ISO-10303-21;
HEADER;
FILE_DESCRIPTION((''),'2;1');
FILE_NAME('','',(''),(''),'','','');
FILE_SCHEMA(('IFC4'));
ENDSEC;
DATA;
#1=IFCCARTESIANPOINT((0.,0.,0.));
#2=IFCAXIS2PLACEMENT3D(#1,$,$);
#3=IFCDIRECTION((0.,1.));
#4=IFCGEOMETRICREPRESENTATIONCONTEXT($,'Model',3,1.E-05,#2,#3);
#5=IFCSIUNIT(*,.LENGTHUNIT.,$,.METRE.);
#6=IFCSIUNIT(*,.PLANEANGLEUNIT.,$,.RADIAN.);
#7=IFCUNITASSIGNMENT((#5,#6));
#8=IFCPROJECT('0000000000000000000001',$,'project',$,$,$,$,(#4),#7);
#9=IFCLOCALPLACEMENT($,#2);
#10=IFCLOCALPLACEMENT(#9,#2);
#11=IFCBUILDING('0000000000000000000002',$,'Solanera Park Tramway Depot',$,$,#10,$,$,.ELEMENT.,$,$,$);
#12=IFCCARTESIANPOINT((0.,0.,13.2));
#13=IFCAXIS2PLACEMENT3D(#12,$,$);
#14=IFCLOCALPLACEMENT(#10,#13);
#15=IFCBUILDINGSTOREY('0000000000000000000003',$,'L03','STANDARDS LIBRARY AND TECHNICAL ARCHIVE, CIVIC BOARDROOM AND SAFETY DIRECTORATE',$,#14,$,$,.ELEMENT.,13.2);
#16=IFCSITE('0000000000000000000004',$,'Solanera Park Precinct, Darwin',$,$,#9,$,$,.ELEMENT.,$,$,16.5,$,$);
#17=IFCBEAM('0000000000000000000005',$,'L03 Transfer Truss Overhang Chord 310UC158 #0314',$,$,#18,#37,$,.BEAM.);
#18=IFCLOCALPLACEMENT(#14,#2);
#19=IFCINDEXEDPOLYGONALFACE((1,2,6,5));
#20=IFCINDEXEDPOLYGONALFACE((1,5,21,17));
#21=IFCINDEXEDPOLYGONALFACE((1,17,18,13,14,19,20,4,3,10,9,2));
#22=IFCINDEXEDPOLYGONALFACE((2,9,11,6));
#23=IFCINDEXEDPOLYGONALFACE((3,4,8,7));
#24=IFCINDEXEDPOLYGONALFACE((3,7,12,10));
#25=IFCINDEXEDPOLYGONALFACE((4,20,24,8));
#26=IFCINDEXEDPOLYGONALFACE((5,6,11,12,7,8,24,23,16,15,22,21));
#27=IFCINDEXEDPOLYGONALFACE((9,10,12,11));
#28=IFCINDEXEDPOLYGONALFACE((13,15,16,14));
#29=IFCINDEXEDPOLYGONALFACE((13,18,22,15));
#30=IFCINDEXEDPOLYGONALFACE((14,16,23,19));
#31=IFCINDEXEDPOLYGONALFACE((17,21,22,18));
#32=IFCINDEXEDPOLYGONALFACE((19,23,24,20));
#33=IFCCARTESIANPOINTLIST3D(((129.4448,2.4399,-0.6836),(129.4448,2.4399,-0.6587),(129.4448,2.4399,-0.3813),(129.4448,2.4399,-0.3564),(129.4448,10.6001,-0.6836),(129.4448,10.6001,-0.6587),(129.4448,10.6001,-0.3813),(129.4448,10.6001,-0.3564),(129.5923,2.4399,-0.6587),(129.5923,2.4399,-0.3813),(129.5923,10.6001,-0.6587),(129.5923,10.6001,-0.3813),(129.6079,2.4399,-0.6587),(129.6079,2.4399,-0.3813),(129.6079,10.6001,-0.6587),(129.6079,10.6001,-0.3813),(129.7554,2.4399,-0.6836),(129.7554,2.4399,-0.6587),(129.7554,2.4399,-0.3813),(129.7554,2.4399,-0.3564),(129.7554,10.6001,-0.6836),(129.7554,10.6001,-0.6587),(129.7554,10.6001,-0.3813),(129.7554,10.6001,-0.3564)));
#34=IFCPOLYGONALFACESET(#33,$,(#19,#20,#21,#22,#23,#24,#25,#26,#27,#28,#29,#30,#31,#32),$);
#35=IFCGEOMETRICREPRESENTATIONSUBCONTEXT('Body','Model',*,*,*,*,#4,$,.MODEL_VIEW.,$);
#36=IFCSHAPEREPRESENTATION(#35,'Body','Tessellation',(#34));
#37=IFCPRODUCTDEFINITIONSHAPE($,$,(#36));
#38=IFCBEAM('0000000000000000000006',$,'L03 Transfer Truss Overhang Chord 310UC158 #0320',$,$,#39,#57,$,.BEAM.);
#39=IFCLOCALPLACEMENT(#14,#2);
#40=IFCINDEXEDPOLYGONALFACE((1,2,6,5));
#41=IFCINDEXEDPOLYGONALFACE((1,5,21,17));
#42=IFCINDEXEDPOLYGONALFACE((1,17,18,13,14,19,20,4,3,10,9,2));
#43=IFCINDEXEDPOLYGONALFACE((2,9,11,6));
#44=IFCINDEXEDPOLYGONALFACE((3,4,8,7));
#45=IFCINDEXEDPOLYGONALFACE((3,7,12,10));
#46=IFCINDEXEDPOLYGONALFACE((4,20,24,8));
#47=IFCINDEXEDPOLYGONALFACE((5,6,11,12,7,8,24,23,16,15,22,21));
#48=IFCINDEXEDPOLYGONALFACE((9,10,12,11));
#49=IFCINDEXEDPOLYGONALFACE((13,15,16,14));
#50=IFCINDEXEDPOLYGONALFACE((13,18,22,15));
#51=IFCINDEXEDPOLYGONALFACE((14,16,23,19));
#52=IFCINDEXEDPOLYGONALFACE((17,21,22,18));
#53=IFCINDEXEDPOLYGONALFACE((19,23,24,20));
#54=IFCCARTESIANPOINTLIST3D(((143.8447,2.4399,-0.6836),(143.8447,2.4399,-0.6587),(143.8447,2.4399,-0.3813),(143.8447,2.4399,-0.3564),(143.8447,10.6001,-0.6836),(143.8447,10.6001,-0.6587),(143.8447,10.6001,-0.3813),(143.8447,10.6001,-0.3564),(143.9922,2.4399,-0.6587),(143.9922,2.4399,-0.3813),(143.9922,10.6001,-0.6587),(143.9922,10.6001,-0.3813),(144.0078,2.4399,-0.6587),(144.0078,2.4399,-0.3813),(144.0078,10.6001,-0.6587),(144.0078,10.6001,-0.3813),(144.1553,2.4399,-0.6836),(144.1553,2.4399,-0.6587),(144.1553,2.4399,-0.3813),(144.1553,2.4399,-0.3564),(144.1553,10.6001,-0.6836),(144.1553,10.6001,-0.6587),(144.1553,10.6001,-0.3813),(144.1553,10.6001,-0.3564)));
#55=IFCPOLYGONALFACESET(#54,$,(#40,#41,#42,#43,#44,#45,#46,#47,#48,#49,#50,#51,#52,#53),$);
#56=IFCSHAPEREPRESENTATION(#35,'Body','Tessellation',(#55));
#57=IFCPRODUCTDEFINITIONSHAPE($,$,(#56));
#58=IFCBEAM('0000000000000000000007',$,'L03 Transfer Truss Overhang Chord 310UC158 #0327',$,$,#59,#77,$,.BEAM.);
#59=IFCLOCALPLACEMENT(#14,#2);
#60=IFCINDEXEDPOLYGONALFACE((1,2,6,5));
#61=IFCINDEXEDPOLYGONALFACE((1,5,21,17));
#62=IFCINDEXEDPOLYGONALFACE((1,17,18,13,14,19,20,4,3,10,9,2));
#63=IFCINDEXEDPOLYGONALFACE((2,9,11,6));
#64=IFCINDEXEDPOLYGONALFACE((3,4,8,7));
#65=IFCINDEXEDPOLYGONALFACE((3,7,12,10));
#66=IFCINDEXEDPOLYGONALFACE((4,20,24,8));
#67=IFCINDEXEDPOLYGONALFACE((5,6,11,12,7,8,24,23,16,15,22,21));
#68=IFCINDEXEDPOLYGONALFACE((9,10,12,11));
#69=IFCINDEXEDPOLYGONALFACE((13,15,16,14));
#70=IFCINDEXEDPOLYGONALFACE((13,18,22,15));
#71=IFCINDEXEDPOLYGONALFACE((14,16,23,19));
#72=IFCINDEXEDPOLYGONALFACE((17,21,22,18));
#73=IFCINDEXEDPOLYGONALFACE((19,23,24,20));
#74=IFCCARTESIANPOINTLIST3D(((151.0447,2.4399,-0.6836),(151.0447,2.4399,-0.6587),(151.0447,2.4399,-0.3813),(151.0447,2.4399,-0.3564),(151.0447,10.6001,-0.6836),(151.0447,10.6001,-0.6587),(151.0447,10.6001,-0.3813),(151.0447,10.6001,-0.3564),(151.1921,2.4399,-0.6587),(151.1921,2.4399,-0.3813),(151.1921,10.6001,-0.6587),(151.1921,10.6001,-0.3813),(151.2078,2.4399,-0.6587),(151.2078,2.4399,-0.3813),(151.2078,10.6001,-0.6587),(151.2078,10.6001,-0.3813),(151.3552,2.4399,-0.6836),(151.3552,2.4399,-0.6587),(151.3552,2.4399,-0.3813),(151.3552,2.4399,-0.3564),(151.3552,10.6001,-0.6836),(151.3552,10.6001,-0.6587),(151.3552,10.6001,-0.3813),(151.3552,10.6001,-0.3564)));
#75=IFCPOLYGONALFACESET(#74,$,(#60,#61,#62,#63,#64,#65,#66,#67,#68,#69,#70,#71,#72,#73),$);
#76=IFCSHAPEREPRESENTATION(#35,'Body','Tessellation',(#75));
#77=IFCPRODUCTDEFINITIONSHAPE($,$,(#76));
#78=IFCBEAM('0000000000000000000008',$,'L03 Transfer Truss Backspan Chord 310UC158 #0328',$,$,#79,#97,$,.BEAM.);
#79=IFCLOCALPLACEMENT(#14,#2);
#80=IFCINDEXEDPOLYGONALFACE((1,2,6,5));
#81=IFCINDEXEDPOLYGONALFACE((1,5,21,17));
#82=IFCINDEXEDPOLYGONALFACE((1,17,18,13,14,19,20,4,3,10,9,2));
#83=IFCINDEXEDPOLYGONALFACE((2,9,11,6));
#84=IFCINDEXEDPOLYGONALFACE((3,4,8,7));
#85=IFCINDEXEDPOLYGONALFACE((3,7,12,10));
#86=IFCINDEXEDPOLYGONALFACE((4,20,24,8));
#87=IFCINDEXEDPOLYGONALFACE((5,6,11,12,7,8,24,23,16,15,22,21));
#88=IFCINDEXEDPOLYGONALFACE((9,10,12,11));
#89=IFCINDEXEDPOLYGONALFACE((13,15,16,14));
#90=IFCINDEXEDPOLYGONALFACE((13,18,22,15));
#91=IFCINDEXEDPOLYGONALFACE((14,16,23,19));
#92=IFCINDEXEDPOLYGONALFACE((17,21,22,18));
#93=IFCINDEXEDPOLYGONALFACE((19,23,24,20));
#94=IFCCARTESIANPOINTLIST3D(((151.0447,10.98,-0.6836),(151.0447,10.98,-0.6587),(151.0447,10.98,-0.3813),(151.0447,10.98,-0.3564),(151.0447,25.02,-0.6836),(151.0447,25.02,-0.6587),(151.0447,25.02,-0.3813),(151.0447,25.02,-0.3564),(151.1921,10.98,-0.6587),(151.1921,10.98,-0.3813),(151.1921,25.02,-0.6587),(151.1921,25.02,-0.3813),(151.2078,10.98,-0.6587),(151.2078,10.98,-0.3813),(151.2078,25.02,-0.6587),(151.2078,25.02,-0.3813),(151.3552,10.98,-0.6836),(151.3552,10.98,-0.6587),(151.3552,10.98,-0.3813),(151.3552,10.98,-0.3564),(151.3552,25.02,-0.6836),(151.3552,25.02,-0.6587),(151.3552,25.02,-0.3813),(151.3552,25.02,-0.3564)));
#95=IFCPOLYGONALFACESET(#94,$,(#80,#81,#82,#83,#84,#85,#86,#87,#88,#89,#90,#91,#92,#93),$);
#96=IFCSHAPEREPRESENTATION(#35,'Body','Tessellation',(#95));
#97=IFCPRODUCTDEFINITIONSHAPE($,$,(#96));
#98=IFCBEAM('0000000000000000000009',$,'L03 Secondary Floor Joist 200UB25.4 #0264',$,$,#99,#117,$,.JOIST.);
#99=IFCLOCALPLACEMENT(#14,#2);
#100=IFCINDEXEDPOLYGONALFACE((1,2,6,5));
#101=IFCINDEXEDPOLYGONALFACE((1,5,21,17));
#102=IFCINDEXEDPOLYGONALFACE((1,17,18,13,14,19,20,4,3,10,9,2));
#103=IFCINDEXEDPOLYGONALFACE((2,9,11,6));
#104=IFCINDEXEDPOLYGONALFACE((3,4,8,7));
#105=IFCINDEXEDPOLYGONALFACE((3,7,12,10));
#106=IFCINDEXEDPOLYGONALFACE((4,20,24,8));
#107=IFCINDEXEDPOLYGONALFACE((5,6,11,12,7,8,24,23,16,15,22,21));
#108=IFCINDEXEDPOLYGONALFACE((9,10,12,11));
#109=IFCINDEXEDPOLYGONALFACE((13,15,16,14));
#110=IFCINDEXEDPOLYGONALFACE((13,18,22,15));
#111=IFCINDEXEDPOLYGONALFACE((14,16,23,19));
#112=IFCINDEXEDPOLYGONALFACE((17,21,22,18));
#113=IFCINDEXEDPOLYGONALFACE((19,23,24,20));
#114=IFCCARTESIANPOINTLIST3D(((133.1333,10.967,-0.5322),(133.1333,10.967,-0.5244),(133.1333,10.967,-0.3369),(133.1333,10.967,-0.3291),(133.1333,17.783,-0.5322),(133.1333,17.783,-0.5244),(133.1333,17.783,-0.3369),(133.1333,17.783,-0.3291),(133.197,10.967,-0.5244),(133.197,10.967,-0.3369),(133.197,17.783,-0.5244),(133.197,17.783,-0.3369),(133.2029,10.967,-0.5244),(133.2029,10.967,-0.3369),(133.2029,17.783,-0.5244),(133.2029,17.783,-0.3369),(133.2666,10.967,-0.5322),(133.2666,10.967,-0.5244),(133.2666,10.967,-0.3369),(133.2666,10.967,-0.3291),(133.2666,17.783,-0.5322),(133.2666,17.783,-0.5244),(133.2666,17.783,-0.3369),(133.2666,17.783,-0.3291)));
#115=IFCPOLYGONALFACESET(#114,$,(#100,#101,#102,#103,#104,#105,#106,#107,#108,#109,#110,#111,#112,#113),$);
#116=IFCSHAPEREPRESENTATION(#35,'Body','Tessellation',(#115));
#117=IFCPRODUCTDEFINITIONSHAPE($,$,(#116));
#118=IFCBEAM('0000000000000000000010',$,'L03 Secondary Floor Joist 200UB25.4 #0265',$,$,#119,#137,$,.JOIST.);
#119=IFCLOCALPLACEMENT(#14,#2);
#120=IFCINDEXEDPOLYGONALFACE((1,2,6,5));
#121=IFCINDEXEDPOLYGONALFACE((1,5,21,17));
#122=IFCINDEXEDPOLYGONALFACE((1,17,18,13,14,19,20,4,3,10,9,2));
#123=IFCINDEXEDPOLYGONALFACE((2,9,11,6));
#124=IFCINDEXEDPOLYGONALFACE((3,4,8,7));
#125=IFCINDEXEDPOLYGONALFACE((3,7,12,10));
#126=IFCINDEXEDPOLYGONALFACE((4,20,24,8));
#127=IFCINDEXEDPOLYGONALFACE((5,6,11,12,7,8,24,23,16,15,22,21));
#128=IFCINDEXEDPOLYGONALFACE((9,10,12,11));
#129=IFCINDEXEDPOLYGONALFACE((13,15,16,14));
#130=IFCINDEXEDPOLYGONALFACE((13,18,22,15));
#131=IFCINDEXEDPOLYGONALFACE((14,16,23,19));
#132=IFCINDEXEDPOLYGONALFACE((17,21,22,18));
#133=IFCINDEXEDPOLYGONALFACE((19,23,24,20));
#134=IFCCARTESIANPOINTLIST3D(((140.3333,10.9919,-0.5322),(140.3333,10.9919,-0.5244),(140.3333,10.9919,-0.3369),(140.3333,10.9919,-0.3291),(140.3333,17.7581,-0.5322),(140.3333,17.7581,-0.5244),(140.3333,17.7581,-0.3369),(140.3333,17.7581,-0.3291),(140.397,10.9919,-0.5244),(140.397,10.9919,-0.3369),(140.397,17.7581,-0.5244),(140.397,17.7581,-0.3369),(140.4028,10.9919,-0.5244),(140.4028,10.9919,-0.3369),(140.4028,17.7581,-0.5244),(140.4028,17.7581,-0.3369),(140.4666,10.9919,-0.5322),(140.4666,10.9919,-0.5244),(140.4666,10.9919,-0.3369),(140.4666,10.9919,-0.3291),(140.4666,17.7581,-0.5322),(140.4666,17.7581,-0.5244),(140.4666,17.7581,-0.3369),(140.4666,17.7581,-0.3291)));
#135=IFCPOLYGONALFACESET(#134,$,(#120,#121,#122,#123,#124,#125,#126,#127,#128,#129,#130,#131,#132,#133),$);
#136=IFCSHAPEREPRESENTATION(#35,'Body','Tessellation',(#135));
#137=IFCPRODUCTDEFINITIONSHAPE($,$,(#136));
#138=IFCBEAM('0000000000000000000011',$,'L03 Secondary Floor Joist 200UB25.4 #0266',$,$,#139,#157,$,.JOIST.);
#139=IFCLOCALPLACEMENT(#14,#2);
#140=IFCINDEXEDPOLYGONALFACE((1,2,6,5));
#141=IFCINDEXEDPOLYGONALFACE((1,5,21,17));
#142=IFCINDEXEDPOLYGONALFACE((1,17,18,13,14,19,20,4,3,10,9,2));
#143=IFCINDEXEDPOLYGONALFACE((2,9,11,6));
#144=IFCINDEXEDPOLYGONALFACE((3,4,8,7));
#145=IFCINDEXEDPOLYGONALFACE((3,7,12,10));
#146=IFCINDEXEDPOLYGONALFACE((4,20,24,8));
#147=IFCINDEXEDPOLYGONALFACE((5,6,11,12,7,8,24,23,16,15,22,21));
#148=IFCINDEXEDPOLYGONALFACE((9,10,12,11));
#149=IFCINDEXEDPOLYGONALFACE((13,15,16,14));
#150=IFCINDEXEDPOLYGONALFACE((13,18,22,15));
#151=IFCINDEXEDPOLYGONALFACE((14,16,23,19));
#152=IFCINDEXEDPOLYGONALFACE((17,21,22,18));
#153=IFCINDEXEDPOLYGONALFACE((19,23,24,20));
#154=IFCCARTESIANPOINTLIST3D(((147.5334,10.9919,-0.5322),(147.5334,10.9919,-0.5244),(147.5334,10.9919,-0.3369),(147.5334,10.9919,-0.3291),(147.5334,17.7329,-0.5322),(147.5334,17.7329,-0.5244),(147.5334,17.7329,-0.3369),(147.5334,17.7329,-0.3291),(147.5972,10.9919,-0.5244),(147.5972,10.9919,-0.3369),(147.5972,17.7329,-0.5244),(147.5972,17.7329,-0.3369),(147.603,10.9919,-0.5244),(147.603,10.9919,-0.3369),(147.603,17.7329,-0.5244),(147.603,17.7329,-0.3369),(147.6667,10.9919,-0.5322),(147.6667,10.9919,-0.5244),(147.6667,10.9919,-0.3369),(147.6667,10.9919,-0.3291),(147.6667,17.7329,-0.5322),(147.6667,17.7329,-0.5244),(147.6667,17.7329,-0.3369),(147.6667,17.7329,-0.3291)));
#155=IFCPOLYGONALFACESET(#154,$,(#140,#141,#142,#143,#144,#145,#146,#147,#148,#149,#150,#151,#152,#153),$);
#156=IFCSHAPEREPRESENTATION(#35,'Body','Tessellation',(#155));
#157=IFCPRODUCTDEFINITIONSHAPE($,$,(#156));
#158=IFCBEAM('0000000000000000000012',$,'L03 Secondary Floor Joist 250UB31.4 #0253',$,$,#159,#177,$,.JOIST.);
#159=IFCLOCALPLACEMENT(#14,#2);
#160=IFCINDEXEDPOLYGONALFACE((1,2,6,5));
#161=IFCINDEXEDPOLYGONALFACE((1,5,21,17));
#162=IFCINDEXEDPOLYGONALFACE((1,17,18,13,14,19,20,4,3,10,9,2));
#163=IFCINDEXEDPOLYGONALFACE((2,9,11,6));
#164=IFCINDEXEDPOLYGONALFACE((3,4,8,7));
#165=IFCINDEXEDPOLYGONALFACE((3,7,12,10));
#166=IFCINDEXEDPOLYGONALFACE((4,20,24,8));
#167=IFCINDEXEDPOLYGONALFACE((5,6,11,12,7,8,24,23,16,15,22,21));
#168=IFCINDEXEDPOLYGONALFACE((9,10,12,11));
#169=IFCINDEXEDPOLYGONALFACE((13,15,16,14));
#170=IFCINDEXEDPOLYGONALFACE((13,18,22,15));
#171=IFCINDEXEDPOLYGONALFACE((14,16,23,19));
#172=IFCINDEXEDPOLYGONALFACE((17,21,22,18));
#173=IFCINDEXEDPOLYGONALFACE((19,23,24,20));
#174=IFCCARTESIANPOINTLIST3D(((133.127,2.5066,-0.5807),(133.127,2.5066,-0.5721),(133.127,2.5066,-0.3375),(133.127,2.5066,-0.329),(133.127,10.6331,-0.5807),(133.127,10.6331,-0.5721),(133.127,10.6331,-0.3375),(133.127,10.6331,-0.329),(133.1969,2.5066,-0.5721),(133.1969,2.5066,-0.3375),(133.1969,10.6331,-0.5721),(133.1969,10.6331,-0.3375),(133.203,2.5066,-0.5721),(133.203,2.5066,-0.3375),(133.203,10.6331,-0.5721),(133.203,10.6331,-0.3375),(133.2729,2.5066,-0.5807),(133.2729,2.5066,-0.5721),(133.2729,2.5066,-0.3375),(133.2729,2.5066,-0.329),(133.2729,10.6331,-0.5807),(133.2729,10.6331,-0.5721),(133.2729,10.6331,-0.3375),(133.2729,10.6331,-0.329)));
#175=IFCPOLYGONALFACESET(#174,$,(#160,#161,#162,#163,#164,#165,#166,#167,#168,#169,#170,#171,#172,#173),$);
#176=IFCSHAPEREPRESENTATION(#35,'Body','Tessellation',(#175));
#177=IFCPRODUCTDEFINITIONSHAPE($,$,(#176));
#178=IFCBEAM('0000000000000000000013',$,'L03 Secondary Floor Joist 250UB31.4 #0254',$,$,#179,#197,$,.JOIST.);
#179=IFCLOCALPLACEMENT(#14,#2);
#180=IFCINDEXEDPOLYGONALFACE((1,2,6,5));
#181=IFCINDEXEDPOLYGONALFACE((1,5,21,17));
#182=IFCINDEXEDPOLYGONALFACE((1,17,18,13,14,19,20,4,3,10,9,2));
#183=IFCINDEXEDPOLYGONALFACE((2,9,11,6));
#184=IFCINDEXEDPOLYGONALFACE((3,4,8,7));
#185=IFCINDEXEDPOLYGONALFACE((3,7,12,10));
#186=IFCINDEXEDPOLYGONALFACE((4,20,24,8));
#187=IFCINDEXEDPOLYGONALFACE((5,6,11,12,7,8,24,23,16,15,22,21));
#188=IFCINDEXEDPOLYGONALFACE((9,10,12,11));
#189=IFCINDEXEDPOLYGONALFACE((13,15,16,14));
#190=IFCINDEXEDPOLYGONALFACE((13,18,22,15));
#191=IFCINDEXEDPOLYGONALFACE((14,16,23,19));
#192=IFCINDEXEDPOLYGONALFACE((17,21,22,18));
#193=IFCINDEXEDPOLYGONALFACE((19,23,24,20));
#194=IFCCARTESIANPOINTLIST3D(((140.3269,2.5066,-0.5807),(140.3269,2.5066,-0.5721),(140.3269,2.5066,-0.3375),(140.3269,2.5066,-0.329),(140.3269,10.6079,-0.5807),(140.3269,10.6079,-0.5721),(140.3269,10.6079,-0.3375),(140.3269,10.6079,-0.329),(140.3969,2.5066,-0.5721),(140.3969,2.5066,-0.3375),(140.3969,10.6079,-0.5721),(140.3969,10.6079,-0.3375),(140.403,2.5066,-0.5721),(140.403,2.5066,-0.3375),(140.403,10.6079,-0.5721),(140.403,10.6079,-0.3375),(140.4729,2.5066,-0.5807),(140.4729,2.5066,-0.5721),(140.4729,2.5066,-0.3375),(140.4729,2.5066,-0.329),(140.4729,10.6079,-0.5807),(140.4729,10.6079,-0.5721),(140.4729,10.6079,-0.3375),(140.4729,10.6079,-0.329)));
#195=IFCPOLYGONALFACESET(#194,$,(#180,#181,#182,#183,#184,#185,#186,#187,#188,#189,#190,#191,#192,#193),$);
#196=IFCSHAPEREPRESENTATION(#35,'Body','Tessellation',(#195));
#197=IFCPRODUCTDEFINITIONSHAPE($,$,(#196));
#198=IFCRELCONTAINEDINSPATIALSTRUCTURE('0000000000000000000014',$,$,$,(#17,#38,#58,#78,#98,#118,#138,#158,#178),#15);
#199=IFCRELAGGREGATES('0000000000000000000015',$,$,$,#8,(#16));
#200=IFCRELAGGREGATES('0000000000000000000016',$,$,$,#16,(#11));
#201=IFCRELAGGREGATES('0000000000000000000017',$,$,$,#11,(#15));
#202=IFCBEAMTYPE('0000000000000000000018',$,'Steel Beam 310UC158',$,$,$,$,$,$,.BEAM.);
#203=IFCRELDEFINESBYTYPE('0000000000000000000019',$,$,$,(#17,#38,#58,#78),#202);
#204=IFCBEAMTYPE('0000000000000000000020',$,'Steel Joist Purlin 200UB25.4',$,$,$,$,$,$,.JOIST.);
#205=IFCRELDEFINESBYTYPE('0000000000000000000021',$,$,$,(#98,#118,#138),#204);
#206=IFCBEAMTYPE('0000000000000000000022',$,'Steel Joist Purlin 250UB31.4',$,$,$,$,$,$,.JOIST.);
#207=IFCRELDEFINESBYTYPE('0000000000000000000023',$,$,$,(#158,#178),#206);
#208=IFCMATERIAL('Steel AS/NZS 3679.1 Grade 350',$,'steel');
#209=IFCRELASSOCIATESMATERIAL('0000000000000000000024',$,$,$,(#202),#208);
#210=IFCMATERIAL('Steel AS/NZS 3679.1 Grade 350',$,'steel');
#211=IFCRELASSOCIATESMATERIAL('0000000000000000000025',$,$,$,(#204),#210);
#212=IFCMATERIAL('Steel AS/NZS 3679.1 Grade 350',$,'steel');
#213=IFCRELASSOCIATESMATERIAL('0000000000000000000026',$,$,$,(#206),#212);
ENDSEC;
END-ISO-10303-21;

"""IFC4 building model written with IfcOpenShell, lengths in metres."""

from ifc_helpers import new_model, si_unit, direction, frame, origin, origin_2d, place, context, subcontext, project, spatial, i_section, extrude, material, material_profile, profile_set, type_object, element, save


model = new_model("IFC4")

# Units and contexts
model_context = context("Model", 3, precision=1e-05, world=origin(), true_north=direction((0.0, 1.0)))
body_context = subcontext(model_context, "Body", "Model", "MODEL_VIEW")
ifc_project = project(units=[si_unit("LENGTHUNIT", "METRE"), si_unit("PLANEANGLEUNIT", "RADIAN")], contexts=[model_context])

# Site, building, storey
site_placement = place(None, origin())
site = spatial("IfcSite", under=ifc_project, at=site_placement, Name="Solanera Park Precinct, Darwin", CompositionType="ELEMENT", RefElevation=16.5)
building_placement = place(site_placement, origin())
building = spatial("IfcBuilding", under=site, at=building_placement, Name="Solanera Park Tramway Depot", CompositionType="ELEMENT")
storey_placement = place(building_placement, frame((0.0, 0.0, 13.2)))
storey = spatial("IfcBuildingStorey", under=building, at=storey_placement, Name="L03", Description="STANDARDS LIBRARY AND TECHNICAL ARCHIVE, CIVIC BOARDROOM AND SAFETY DIRECTORATE", CompositionType="ELEMENT", Elevation=13.2)

# Beams
ifc_material_1 = material(Name="Steel AS/NZS 3679.1 Grade 350", Category="steel")
ifc_material_profile_1 = material_profile(ifc_material_1, i_section(OverallWidth=0.3105, OverallDepth=0.3271, WebThickness=0.0156, FlangeThickness=0.0249, at=origin_2d()), Name="310UC158")
ifc_profile_set_1 = profile_set([ifc_material_profile_1], Name="Steel AS/NZS 3679.1 Grade 350")
beam_type_1 = type_object("IfcBeamType", Name="Steel Beam 310UC158", PredefinedType="BEAM", material=ifc_profile_set_1)
for number, where, z_axis, x_axis, name in (
    (1, (129.6001, 2.4399, -0.52), (0.0, 1.0, 0.0), (-1.0, 0.0, 0.0), "L03 Transfer Truss Overhang Chord 310UC158 #0314"),
    (2, (144.0, 2.4399, -0.52), (0.0, 1.0, 0.0), (-1.0, 0.0, 0.0), "L03 Transfer Truss Overhang Chord 310UC158 #0320"),
    (3, (151.2, 2.4399, -0.52), (0.0, 1.0, 0.0), (-1.0, 0.0, 0.0), "L03 Transfer Truss Overhang Chord 310UC158 #0327"),
):
    element("IfcBeam", number, at=place(storey_placement, frame(where, z_axis=z_axis, x_axis=x_axis)), inside=storey, type_object=beam_type_1, Name=name, PredefinedType="BEAM", context=body_context, shape_type="SweptSolid", body=[
        extrude(i_section(OverallWidth=0.3105, OverallDepth=0.3271, WebThickness=0.0156, FlangeThickness=0.0249, at=origin_2d()), origin(), (0.0, 0.0, 1.0), 8.1602),
    ])
beam_1_placement = place(storey_placement, frame((151.2, 10.98, -0.52), z_axis=(0.0, 1.0, 0.0), x_axis=(-1.0, 0.0, 0.0)))
element("IfcBeam", 4, at=beam_1_placement, inside=storey, type_object=beam_type_1, Name="L03 Transfer Truss Backspan Chord 310UC158 #0328", PredefinedType="BEAM", context=body_context, shape_type="SweptSolid", body=[
    extrude(i_section(OverallWidth=0.3105, OverallDepth=0.3271, WebThickness=0.0156, FlangeThickness=0.0249, at=origin_2d()), origin(), (0.0, 0.0, 1.0), 14.04),
])
ifc_material_2 = material(Name="Steel AS/NZS 3679.1 Grade 350", Category="steel")
ifc_material_profile_2 = material_profile(ifc_material_2, i_section(OverallWidth=0.1333, OverallDepth=0.2031, WebThickness=0.0059, FlangeThickness=0.0078, at=origin_2d()), Name="200UB25.4")
ifc_profile_set_2 = profile_set([ifc_material_profile_2], Name="Steel AS/NZS 3679.1 Grade 350")
beam_type_2 = type_object("IfcBeamType", Name="Steel Joist Purlin 200UB25.4", PredefinedType="JOIST", material=ifc_profile_set_2)
beam_2_placement = place(storey_placement, frame((133.2, 10.967, -0.4307), z_axis=(0.0, 1.0, 0.0), x_axis=(-1.0, 0.0, 0.0)))
element("IfcBeam", 5, at=beam_2_placement, inside=storey, type_object=beam_type_2, Name="L03 Secondary Floor Joist 200UB25.4 #0264", PredefinedType="JOIST", context=body_context, shape_type="SweptSolid", body=[
    extrude(i_section(OverallWidth=0.1333, OverallDepth=0.2031, WebThickness=0.0059, FlangeThickness=0.0078, at=origin_2d()), origin(), (0.0, 0.0, 1.0), 6.8159),
])
beam_3_placement = place(storey_placement, frame((140.3999, 10.9919, -0.4307), z_axis=(0.0, 1.0, 0.0), x_axis=(-1.0, 0.0, 0.0)))
element("IfcBeam", 6, at=beam_3_placement, inside=storey, type_object=beam_type_2, Name="L03 Secondary Floor Joist 200UB25.4 #0265", PredefinedType="JOIST", context=body_context, shape_type="SweptSolid", body=[
    extrude(i_section(OverallWidth=0.1333, OverallDepth=0.2031, WebThickness=0.0059, FlangeThickness=0.0078, at=origin_2d()), origin(), (0.0, 0.0, 1.0), 6.7661),
])
beam_4_placement = place(storey_placement, frame((147.6001, 10.9919, -0.4307), z_axis=(0.0, 1.0, 0.0), x_axis=(-1.0, 0.0, 0.0)))
element("IfcBeam", 7, at=beam_4_placement, inside=storey, type_object=beam_type_2, Name="L03 Secondary Floor Joist 200UB25.4 #0266", PredefinedType="JOIST", context=body_context, shape_type="SweptSolid", body=[
    extrude(i_section(OverallWidth=0.1333, OverallDepth=0.2031, WebThickness=0.0059, FlangeThickness=0.0078, at=origin_2d()), origin(), (0.0, 0.0, 1.0), 6.741),
])
ifc_material_3 = material(Name="Steel AS/NZS 3679.1 Grade 350", Category="steel")
ifc_material_profile_3 = material_profile(ifc_material_3, i_section(OverallWidth=0.146, OverallDepth=0.2517, WebThickness=0.0061, FlangeThickness=0.0085, at=origin_2d()), Name="250UB31.4")
ifc_profile_set_3 = profile_set([ifc_material_profile_3], Name="Steel AS/NZS 3679.1 Grade 350")
beam_type_3 = type_object("IfcBeamType", Name="Steel Joist Purlin 250UB31.4", PredefinedType="JOIST", material=ifc_profile_set_3)
beam_5_placement = place(storey_placement, frame((133.2, 2.5066, -0.4548), z_axis=(0.0, 1.0, 0.0), x_axis=(-1.0, 0.0, 0.0)))
element("IfcBeam", 8, at=beam_5_placement, inside=storey, type_object=beam_type_3, Name="L03 Secondary Floor Joist 250UB31.4 #0253", PredefinedType="JOIST", context=body_context, shape_type="SweptSolid", body=[
    extrude(i_section(OverallWidth=0.146, OverallDepth=0.2517, WebThickness=0.0061, FlangeThickness=0.0085, at=origin_2d()), origin(), (0.0, 0.0, 1.0), 8.1265),
])
for number, where, z_axis, x_axis, name in (
    (9, (140.3999, 2.5066, -0.4548), (0.0, 1.0, 0.0), (-1.0, 0.0, 0.0), "L03 Secondary Floor Joist 250UB31.4 #0254"),
):
    element("IfcBeam", number, at=place(storey_placement, frame(where, z_axis=z_axis, x_axis=x_axis)), inside=storey, type_object=beam_type_3, Name=name, PredefinedType="JOIST", context=body_context, shape_type="SweptSolid", body=[
        extrude(i_section(OverallWidth=0.146, OverallDepth=0.2517, WebThickness=0.0061, FlangeThickness=0.0085, at=origin_2d()), origin(), (0.0, 0.0, 1.0), 8.1013),
    ])

save(model, "model.ifc")
